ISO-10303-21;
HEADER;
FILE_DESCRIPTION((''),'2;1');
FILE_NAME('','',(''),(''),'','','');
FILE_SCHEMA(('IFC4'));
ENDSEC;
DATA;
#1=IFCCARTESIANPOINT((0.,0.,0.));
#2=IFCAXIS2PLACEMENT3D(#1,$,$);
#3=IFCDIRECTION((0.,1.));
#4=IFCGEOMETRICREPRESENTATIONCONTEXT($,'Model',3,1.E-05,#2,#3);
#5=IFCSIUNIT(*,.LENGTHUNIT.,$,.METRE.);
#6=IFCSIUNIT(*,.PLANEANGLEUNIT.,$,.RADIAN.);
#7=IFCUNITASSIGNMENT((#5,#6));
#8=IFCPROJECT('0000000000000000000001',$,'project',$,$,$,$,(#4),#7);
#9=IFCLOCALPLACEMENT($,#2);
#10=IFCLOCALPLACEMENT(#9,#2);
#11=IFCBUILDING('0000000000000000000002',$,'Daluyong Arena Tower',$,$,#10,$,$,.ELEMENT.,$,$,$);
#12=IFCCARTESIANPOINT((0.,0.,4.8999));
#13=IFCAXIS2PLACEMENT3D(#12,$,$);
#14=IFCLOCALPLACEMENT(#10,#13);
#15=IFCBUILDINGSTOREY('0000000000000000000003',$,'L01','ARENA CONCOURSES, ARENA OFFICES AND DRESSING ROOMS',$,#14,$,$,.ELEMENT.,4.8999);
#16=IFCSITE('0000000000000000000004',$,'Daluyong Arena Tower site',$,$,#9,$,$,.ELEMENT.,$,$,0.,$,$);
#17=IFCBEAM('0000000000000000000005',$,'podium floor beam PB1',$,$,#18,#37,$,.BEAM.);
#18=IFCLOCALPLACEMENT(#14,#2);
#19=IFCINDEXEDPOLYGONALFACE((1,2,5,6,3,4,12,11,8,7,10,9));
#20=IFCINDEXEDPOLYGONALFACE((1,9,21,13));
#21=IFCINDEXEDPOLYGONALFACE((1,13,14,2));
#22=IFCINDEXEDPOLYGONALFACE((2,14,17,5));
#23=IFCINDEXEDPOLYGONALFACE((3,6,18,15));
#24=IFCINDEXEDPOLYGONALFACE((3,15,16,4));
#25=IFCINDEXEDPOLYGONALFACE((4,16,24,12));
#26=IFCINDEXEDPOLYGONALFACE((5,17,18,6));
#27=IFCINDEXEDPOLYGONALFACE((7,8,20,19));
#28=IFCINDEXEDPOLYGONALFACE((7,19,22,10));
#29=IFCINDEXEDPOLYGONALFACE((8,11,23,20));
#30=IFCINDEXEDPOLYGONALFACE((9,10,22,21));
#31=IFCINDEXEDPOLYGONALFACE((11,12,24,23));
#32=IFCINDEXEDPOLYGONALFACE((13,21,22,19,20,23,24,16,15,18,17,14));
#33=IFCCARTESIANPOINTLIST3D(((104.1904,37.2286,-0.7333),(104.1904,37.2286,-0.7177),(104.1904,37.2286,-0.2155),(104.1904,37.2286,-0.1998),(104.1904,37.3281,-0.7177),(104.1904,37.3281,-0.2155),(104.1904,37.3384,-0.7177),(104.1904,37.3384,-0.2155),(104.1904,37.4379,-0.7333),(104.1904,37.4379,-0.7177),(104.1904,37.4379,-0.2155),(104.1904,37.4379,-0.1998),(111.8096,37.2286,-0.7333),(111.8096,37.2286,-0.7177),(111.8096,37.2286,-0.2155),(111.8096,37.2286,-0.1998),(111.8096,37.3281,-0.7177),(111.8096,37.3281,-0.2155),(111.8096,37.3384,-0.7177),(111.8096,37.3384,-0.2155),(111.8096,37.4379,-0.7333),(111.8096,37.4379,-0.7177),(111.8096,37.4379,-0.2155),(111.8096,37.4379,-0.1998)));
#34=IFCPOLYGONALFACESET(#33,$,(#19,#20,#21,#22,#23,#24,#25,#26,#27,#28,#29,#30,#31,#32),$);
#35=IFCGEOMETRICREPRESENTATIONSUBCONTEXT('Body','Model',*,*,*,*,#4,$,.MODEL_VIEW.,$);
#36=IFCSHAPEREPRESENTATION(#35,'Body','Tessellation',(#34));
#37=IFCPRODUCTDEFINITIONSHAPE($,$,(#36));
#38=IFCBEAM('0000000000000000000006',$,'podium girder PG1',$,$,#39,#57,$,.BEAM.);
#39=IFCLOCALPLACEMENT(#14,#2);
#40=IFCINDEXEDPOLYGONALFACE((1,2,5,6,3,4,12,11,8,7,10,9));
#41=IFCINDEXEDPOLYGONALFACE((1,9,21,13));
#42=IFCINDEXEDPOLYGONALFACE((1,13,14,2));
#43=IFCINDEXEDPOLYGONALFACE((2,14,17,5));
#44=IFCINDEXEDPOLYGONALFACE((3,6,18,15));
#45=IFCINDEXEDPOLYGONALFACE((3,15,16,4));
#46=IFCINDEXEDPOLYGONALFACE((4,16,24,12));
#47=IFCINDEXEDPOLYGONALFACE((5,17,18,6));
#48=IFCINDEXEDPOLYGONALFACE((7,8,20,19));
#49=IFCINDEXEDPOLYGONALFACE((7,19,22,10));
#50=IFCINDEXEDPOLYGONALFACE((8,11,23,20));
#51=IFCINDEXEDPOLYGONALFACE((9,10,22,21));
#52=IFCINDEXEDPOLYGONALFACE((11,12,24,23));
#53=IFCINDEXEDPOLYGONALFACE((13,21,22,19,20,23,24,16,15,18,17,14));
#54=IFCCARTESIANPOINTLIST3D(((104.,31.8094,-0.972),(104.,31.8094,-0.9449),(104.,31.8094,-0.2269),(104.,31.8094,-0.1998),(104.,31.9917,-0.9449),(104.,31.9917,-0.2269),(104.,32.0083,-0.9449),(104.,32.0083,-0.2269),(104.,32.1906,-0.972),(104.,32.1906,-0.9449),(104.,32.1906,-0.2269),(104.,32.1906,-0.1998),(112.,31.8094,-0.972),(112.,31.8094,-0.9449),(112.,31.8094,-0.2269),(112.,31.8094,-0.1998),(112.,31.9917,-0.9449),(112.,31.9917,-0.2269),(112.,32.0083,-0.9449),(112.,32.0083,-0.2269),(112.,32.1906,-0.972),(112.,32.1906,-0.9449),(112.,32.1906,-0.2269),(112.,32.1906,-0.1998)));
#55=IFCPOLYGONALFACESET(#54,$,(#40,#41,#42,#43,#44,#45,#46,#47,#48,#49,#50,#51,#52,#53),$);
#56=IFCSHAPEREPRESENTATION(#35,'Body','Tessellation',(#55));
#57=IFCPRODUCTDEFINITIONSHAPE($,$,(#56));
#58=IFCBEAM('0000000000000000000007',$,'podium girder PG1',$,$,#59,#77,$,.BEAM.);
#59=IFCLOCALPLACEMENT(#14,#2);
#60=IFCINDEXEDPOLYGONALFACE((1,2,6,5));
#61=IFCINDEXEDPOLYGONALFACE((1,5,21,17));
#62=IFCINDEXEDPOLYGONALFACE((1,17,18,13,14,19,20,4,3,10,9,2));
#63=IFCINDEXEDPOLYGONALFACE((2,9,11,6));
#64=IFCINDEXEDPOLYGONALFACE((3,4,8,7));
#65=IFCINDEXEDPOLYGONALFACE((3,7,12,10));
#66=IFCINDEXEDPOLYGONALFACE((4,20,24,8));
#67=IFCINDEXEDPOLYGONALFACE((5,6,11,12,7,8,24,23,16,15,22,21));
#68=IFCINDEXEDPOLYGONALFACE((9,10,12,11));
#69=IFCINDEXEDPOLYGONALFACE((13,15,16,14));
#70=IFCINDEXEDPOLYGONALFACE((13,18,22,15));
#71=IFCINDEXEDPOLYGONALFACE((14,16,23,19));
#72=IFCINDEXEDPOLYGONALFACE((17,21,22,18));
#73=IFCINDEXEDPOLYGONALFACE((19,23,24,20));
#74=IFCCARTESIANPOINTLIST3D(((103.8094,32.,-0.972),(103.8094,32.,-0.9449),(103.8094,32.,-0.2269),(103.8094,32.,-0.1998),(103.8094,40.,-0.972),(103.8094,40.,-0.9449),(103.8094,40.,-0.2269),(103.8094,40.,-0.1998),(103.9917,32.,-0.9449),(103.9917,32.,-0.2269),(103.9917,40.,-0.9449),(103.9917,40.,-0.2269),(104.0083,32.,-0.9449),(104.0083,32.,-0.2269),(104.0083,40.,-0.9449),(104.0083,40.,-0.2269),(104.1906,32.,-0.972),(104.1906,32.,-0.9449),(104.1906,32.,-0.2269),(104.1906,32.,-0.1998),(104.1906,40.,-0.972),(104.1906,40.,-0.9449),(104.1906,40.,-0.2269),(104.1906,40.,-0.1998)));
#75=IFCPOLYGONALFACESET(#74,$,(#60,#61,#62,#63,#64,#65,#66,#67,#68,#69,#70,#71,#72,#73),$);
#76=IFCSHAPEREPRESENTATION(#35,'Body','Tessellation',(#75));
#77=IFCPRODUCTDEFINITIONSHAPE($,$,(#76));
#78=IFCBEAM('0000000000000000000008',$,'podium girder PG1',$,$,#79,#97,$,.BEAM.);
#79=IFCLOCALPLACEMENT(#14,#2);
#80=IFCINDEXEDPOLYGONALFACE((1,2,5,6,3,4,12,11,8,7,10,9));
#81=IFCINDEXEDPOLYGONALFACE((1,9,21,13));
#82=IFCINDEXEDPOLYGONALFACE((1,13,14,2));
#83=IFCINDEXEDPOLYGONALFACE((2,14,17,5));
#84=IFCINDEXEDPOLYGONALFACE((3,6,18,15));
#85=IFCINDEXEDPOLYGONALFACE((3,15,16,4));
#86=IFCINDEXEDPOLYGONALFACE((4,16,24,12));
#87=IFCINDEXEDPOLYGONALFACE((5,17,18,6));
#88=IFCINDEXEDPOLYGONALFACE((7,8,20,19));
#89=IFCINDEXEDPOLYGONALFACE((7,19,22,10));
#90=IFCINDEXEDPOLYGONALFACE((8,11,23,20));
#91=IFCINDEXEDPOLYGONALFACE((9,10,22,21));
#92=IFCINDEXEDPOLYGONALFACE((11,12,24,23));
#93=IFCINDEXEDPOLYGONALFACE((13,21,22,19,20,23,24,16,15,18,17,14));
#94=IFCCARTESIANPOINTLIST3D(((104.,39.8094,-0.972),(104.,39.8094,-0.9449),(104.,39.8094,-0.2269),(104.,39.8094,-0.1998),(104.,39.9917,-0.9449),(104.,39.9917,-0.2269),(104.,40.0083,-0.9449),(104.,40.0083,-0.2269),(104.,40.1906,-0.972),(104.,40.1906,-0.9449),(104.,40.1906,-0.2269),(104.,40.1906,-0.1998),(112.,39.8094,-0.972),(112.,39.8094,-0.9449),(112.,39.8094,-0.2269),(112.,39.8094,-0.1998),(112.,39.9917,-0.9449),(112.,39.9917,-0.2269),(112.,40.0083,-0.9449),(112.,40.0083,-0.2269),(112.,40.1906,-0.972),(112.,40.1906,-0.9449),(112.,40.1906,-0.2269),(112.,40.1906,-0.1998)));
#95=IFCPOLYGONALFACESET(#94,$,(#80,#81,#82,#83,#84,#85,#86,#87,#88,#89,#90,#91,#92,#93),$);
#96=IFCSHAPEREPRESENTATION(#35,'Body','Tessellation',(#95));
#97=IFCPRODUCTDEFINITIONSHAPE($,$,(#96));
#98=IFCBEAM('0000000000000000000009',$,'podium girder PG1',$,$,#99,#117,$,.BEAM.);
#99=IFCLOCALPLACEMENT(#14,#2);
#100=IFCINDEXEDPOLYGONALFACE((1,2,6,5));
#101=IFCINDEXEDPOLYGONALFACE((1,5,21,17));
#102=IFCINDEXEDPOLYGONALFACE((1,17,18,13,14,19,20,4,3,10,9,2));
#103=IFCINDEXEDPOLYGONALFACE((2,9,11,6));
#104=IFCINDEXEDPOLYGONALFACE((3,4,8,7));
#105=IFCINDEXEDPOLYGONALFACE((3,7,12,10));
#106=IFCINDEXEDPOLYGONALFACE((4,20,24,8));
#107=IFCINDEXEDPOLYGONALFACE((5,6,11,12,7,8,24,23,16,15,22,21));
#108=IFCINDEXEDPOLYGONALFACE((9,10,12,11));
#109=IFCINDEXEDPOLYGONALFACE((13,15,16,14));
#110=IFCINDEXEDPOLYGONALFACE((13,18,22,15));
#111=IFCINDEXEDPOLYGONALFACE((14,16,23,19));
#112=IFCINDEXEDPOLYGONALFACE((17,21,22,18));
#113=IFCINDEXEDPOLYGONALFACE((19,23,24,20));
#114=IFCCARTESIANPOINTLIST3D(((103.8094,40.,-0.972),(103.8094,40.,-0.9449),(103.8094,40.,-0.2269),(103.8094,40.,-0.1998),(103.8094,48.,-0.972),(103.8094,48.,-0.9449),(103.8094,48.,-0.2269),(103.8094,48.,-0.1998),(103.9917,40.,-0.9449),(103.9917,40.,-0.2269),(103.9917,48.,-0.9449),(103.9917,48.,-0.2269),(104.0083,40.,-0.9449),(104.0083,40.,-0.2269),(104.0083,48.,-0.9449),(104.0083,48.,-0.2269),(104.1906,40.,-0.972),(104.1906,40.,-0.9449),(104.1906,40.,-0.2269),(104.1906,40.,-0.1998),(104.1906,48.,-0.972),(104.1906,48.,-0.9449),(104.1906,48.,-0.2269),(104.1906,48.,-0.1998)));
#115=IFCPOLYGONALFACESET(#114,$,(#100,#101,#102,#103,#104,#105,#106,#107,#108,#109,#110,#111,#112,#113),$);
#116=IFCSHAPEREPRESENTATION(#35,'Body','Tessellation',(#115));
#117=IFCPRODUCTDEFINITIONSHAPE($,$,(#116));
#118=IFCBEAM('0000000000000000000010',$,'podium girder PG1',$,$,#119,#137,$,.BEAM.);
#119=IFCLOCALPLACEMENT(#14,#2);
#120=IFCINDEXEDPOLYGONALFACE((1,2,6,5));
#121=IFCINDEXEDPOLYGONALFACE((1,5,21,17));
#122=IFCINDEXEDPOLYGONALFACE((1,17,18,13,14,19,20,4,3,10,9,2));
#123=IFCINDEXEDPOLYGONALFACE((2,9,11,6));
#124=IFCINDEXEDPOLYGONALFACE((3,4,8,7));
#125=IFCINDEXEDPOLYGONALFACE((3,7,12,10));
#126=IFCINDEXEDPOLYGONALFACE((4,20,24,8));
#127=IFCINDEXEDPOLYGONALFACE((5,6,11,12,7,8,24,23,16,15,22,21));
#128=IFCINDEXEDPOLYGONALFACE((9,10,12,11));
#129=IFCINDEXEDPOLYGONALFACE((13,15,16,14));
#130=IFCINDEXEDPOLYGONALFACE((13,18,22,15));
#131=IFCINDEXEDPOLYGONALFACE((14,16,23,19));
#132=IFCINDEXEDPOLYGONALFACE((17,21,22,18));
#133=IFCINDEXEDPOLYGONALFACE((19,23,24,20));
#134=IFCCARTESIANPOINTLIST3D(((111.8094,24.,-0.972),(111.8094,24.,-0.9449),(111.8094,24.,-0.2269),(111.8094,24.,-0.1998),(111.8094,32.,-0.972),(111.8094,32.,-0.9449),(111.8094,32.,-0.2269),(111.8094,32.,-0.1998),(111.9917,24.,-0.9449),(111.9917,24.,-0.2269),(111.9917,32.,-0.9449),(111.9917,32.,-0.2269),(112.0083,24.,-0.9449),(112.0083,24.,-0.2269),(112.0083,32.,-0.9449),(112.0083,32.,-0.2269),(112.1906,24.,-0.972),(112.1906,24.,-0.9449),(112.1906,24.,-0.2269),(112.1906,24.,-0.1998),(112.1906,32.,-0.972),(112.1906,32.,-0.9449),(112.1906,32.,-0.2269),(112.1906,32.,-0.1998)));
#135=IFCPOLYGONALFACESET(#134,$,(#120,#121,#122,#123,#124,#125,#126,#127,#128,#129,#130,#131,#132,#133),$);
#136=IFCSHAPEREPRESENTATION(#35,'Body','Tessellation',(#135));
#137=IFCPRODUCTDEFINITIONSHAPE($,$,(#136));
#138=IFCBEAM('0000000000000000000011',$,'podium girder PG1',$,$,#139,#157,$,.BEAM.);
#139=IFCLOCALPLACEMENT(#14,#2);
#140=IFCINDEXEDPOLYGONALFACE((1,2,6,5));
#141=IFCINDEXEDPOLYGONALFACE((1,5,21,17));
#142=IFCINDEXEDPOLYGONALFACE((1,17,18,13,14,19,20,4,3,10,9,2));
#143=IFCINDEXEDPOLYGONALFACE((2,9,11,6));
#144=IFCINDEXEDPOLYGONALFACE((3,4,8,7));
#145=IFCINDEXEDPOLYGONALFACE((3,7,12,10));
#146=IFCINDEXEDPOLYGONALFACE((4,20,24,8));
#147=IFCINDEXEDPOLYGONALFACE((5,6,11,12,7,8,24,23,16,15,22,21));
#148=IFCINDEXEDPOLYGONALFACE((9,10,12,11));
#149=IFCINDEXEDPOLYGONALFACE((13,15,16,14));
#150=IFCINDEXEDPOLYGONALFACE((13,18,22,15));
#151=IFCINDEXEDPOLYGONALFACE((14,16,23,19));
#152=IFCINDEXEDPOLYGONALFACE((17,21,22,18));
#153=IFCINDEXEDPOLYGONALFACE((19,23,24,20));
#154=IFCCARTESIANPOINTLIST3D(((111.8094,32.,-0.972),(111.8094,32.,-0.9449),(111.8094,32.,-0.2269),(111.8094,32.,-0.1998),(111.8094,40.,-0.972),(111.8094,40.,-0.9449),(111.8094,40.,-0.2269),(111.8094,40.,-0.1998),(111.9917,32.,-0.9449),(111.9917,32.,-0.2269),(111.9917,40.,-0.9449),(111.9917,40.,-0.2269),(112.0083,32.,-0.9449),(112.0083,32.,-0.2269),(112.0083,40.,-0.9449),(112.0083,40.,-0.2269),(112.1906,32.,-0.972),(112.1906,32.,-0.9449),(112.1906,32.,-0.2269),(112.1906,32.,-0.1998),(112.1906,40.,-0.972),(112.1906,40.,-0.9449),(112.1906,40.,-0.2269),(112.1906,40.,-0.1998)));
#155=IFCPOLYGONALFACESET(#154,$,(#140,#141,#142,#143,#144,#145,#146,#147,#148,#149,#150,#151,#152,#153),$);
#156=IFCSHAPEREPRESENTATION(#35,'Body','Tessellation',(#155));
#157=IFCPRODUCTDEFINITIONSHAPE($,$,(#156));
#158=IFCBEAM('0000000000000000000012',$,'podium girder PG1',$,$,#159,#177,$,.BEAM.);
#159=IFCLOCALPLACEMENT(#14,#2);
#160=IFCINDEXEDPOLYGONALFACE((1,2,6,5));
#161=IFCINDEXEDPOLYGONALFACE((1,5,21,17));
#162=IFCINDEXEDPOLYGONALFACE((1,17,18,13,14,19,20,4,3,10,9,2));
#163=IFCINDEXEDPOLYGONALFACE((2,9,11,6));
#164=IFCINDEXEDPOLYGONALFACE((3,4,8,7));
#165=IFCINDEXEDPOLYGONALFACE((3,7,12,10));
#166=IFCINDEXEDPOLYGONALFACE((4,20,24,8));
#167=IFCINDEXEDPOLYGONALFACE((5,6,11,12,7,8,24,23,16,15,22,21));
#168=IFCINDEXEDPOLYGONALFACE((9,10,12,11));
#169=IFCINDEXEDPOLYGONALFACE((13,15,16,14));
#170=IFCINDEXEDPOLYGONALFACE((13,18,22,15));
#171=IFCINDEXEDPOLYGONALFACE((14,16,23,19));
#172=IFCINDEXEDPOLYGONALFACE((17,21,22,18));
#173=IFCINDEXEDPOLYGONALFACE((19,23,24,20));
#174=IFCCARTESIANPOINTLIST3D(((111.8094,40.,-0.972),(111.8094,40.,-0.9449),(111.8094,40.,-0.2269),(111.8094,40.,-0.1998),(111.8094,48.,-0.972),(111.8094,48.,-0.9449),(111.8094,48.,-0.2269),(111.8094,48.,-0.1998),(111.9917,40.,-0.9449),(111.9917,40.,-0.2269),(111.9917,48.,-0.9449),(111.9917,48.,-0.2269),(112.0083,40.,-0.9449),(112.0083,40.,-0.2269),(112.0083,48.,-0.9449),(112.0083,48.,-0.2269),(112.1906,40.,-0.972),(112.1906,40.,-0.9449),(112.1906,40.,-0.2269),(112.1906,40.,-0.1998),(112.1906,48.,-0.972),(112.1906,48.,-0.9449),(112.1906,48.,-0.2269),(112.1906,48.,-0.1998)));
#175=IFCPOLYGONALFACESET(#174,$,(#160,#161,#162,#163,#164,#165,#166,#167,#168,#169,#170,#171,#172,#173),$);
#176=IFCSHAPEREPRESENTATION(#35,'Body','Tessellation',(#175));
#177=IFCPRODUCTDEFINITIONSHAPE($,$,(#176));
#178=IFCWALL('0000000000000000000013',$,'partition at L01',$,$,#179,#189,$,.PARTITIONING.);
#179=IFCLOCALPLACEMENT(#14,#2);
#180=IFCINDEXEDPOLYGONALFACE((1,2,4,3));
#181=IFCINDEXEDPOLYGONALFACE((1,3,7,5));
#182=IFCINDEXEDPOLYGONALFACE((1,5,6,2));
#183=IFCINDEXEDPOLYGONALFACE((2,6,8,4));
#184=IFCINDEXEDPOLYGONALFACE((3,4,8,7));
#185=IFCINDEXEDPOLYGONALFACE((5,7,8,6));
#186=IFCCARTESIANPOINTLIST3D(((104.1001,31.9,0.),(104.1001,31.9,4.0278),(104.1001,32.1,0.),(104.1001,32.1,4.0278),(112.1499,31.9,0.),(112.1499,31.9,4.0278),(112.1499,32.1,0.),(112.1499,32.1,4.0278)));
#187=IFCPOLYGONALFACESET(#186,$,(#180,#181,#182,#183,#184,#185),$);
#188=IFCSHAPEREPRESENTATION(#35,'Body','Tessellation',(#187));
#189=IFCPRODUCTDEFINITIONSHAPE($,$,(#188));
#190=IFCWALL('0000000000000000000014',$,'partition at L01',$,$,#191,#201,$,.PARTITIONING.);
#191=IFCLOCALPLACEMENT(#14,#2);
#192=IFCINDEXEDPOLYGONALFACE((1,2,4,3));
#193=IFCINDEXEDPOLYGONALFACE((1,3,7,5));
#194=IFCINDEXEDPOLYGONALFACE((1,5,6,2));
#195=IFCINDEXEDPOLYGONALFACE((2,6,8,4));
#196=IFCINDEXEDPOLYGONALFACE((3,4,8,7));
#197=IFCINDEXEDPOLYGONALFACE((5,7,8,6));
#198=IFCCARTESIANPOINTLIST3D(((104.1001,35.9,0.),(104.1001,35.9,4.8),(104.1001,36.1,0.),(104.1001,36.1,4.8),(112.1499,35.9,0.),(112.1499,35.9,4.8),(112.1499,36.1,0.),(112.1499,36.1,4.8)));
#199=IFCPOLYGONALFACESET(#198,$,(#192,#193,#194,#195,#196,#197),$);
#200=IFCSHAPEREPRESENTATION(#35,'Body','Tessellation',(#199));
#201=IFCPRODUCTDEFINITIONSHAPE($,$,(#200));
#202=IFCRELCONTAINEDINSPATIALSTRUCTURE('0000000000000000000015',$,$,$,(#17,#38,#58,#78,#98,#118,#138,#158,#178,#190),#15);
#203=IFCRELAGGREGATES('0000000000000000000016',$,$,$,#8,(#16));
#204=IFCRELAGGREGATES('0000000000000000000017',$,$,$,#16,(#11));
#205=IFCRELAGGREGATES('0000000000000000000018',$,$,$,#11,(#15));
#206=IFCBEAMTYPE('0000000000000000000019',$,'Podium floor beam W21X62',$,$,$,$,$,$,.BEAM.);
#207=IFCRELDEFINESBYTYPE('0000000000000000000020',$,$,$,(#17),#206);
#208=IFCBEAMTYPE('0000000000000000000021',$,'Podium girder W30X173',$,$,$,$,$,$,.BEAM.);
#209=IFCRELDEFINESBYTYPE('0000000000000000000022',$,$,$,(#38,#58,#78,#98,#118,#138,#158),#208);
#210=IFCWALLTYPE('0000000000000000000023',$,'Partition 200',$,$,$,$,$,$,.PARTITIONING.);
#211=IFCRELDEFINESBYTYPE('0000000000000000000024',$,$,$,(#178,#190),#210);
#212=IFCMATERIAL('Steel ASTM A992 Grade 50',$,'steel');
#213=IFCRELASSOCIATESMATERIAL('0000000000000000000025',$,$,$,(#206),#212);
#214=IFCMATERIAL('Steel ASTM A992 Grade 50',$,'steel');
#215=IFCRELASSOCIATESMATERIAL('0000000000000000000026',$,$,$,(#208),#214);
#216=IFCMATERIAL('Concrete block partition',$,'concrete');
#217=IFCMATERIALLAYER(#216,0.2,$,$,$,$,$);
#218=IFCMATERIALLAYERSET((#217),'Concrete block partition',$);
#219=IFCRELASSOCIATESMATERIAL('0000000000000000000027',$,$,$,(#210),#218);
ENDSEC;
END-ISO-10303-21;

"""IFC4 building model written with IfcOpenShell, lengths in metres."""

from ifc_helpers import new_model, si_unit, direction, frame, frame_2d, origin, origin_2d, place, context, subcontext, project, spatial, rectangle, i_section, extrude, material, layer, layer_set, material_profile, profile_set, type_object, element, save


model = new_model("IFC4")

# Units and contexts
model_context = context("Model", 3, precision=1e-05, world=origin(), true_north=direction((0.0, 1.0)))
body_context = subcontext(model_context, "Body", "Model", "MODEL_VIEW")
ifc_project = project(units=[si_unit("LENGTHUNIT", "METRE"), si_unit("PLANEANGLEUNIT", "RADIAN")], contexts=[model_context])

# Site, building, storey
site_placement = place(None, origin())
site = spatial("IfcSite", under=ifc_project, at=site_placement, Name="Daluyong Arena Tower site", CompositionType="ELEMENT", RefElevation=0.0)
building_placement = place(site_placement, origin())
building = spatial("IfcBuilding", under=site, at=building_placement, Name="Daluyong Arena Tower", CompositionType="ELEMENT")
storey_placement = place(building_placement, frame((0.0, 0.0, 4.8999)))
storey = spatial("IfcBuildingStorey", under=building, at=storey_placement, Name="L01", Description="ARENA CONCOURSES, ARENA OFFICES AND DRESSING ROOMS", CompositionType="ELEMENT", Elevation=4.8999)

# Beams
ifc_material_1 = material(Name="Steel ASTM A992 Grade 50", Category="steel")
ifc_material_profile_1 = material_profile(ifc_material_1, i_section(OverallWidth=0.2092, OverallDepth=0.5334, WebThickness=0.0103, FlangeThickness=0.0156, at=origin_2d()))
ifc_profile_set_1 = profile_set([ifc_material_profile_1], Name="Steel ASTM A992 Grade 50")
beam_type_1 = type_object("IfcBeamType", Name="Podium floor beam W21X62", PredefinedType="BEAM", material=ifc_profile_set_1)
for number, where, z_axis, x_axis, name in (
    (1, (104.1904, 37.3333, -0.4666), (1.0, 0.0, 0.0), (0.0, 1.0, 0.0), "podium floor beam PB1"),
):
    element("IfcBeam", number, at=place(storey_placement, frame(where, z_axis=z_axis, x_axis=x_axis)), inside=storey, type_object=beam_type_1, Name=name, PredefinedType="BEAM", context=body_context, shape_type="SweptSolid", body=[
        extrude(i_section(OverallWidth=0.2092, OverallDepth=0.5334, WebThickness=0.0103, FlangeThickness=0.0156, at=origin_2d()), origin(), (0.0, 0.0, 1.0), 7.6191),
    ])
ifc_material_2 = material(Name="Steel ASTM A992 Grade 50", Category="steel")
ifc_material_profile_2 = material_profile(ifc_material_2, i_section(OverallWidth=0.3811, OverallDepth=0.7722, WebThickness=0.0166, FlangeThickness=0.0271, at=origin_2d()))
ifc_profile_set_2 = profile_set([ifc_material_profile_2], Name="Steel ASTM A992 Grade 50")
beam_type_2 = type_object("IfcBeamType", Name="Podium girder W30X173", PredefinedType="BEAM", material=ifc_profile_set_2)
for number, where, z_axis, x_axis, name in (
    (2, (104.0, 32.0, -0.5859), (1.0, 0.0, 0.0), (0.0, 1.0, 0.0), "podium girder PG1"),
    (3, (104.0, 32.0, -0.5859), (0.0, 1.0, 0.0), (-1.0, 0.0, 0.0), "podium girder PG1"),
    (4, (104.0, 40.0, -0.5859), (1.0, 0.0, 0.0), (0.0, 1.0, 0.0), "podium girder PG1"),
    (5, (104.0, 40.0, -0.5859), (0.0, 1.0, 0.0), (-1.0, 0.0, 0.0), "podium girder PG1"),
    (6, (112.0, 24.0, -0.5859), (0.0, 1.0, 0.0), (-1.0, 0.0, 0.0), "podium girder PG1"),
    (7, (112.0, 32.0, -0.5859), (0.0, 1.0, 0.0), (-1.0, 0.0, 0.0), "podium girder PG1"),
    (8, (112.0, 40.0, -0.5859), (0.0, 1.0, 0.0), (-1.0, 0.0, 0.0), "podium girder PG1"),
):
    element("IfcBeam", number, at=place(storey_placement, frame(where, z_axis=z_axis, x_axis=x_axis)), inside=storey, type_object=beam_type_2, Name=name, PredefinedType="BEAM", context=body_context, shape_type="SweptSolid", body=[
        extrude(i_section(OverallWidth=0.3811, OverallDepth=0.7722, WebThickness=0.0166, FlangeThickness=0.0271, at=origin_2d()), origin(), (0.0, 0.0, 1.0), 8.0),
    ])

# Walls
ifc_material_3 = material(Name="Concrete block partition", Category="concrete")
ifc_layer_1 = layer(ifc_material_3, 0.2)
ifc_layer_set_1 = layer_set([ifc_layer_1], Name="Concrete block partition")
wall_type_1 = type_object("IfcWallType", Name="Partition 200", PredefinedType="PARTITIONING", material=ifc_layer_set_1)
wall_1_placement = place(storey_placement, frame((104.1001, 32.0, 0.0), z_axis=(0.0, 0.0, 1.0), x_axis=(1.0, 0.0, 0.0)))
element("IfcWall", 9, at=wall_1_placement, inside=storey, type_object=wall_type_1, Name="partition at L01", PredefinedType="PARTITIONING", context=body_context, shape_type="SweptSolid", body=[
    extrude(rectangle(XDim=8.0498, YDim=0.2, at=frame_2d((4.0249, 0.0))), origin(), (0.0, 0.0, 1.0), 4.0278),
])
wall_2_placement = place(storey_placement, frame((104.1001, 36.0, 0.0), z_axis=(0.0, 0.0, 1.0), x_axis=(1.0, 0.0, 0.0)))
element("IfcWall", 10, at=wall_2_placement, inside=storey, type_object=wall_type_1, Name="partition at L01", PredefinedType="PARTITIONING", context=body_context, shape_type="SweptSolid", body=[
    extrude(rectangle(XDim=8.0498, YDim=0.2, at=frame_2d((4.0249, 0.0))), origin(), (0.0, 0.0, 1.0), 4.8),
])

save(model, "model.ifc")
